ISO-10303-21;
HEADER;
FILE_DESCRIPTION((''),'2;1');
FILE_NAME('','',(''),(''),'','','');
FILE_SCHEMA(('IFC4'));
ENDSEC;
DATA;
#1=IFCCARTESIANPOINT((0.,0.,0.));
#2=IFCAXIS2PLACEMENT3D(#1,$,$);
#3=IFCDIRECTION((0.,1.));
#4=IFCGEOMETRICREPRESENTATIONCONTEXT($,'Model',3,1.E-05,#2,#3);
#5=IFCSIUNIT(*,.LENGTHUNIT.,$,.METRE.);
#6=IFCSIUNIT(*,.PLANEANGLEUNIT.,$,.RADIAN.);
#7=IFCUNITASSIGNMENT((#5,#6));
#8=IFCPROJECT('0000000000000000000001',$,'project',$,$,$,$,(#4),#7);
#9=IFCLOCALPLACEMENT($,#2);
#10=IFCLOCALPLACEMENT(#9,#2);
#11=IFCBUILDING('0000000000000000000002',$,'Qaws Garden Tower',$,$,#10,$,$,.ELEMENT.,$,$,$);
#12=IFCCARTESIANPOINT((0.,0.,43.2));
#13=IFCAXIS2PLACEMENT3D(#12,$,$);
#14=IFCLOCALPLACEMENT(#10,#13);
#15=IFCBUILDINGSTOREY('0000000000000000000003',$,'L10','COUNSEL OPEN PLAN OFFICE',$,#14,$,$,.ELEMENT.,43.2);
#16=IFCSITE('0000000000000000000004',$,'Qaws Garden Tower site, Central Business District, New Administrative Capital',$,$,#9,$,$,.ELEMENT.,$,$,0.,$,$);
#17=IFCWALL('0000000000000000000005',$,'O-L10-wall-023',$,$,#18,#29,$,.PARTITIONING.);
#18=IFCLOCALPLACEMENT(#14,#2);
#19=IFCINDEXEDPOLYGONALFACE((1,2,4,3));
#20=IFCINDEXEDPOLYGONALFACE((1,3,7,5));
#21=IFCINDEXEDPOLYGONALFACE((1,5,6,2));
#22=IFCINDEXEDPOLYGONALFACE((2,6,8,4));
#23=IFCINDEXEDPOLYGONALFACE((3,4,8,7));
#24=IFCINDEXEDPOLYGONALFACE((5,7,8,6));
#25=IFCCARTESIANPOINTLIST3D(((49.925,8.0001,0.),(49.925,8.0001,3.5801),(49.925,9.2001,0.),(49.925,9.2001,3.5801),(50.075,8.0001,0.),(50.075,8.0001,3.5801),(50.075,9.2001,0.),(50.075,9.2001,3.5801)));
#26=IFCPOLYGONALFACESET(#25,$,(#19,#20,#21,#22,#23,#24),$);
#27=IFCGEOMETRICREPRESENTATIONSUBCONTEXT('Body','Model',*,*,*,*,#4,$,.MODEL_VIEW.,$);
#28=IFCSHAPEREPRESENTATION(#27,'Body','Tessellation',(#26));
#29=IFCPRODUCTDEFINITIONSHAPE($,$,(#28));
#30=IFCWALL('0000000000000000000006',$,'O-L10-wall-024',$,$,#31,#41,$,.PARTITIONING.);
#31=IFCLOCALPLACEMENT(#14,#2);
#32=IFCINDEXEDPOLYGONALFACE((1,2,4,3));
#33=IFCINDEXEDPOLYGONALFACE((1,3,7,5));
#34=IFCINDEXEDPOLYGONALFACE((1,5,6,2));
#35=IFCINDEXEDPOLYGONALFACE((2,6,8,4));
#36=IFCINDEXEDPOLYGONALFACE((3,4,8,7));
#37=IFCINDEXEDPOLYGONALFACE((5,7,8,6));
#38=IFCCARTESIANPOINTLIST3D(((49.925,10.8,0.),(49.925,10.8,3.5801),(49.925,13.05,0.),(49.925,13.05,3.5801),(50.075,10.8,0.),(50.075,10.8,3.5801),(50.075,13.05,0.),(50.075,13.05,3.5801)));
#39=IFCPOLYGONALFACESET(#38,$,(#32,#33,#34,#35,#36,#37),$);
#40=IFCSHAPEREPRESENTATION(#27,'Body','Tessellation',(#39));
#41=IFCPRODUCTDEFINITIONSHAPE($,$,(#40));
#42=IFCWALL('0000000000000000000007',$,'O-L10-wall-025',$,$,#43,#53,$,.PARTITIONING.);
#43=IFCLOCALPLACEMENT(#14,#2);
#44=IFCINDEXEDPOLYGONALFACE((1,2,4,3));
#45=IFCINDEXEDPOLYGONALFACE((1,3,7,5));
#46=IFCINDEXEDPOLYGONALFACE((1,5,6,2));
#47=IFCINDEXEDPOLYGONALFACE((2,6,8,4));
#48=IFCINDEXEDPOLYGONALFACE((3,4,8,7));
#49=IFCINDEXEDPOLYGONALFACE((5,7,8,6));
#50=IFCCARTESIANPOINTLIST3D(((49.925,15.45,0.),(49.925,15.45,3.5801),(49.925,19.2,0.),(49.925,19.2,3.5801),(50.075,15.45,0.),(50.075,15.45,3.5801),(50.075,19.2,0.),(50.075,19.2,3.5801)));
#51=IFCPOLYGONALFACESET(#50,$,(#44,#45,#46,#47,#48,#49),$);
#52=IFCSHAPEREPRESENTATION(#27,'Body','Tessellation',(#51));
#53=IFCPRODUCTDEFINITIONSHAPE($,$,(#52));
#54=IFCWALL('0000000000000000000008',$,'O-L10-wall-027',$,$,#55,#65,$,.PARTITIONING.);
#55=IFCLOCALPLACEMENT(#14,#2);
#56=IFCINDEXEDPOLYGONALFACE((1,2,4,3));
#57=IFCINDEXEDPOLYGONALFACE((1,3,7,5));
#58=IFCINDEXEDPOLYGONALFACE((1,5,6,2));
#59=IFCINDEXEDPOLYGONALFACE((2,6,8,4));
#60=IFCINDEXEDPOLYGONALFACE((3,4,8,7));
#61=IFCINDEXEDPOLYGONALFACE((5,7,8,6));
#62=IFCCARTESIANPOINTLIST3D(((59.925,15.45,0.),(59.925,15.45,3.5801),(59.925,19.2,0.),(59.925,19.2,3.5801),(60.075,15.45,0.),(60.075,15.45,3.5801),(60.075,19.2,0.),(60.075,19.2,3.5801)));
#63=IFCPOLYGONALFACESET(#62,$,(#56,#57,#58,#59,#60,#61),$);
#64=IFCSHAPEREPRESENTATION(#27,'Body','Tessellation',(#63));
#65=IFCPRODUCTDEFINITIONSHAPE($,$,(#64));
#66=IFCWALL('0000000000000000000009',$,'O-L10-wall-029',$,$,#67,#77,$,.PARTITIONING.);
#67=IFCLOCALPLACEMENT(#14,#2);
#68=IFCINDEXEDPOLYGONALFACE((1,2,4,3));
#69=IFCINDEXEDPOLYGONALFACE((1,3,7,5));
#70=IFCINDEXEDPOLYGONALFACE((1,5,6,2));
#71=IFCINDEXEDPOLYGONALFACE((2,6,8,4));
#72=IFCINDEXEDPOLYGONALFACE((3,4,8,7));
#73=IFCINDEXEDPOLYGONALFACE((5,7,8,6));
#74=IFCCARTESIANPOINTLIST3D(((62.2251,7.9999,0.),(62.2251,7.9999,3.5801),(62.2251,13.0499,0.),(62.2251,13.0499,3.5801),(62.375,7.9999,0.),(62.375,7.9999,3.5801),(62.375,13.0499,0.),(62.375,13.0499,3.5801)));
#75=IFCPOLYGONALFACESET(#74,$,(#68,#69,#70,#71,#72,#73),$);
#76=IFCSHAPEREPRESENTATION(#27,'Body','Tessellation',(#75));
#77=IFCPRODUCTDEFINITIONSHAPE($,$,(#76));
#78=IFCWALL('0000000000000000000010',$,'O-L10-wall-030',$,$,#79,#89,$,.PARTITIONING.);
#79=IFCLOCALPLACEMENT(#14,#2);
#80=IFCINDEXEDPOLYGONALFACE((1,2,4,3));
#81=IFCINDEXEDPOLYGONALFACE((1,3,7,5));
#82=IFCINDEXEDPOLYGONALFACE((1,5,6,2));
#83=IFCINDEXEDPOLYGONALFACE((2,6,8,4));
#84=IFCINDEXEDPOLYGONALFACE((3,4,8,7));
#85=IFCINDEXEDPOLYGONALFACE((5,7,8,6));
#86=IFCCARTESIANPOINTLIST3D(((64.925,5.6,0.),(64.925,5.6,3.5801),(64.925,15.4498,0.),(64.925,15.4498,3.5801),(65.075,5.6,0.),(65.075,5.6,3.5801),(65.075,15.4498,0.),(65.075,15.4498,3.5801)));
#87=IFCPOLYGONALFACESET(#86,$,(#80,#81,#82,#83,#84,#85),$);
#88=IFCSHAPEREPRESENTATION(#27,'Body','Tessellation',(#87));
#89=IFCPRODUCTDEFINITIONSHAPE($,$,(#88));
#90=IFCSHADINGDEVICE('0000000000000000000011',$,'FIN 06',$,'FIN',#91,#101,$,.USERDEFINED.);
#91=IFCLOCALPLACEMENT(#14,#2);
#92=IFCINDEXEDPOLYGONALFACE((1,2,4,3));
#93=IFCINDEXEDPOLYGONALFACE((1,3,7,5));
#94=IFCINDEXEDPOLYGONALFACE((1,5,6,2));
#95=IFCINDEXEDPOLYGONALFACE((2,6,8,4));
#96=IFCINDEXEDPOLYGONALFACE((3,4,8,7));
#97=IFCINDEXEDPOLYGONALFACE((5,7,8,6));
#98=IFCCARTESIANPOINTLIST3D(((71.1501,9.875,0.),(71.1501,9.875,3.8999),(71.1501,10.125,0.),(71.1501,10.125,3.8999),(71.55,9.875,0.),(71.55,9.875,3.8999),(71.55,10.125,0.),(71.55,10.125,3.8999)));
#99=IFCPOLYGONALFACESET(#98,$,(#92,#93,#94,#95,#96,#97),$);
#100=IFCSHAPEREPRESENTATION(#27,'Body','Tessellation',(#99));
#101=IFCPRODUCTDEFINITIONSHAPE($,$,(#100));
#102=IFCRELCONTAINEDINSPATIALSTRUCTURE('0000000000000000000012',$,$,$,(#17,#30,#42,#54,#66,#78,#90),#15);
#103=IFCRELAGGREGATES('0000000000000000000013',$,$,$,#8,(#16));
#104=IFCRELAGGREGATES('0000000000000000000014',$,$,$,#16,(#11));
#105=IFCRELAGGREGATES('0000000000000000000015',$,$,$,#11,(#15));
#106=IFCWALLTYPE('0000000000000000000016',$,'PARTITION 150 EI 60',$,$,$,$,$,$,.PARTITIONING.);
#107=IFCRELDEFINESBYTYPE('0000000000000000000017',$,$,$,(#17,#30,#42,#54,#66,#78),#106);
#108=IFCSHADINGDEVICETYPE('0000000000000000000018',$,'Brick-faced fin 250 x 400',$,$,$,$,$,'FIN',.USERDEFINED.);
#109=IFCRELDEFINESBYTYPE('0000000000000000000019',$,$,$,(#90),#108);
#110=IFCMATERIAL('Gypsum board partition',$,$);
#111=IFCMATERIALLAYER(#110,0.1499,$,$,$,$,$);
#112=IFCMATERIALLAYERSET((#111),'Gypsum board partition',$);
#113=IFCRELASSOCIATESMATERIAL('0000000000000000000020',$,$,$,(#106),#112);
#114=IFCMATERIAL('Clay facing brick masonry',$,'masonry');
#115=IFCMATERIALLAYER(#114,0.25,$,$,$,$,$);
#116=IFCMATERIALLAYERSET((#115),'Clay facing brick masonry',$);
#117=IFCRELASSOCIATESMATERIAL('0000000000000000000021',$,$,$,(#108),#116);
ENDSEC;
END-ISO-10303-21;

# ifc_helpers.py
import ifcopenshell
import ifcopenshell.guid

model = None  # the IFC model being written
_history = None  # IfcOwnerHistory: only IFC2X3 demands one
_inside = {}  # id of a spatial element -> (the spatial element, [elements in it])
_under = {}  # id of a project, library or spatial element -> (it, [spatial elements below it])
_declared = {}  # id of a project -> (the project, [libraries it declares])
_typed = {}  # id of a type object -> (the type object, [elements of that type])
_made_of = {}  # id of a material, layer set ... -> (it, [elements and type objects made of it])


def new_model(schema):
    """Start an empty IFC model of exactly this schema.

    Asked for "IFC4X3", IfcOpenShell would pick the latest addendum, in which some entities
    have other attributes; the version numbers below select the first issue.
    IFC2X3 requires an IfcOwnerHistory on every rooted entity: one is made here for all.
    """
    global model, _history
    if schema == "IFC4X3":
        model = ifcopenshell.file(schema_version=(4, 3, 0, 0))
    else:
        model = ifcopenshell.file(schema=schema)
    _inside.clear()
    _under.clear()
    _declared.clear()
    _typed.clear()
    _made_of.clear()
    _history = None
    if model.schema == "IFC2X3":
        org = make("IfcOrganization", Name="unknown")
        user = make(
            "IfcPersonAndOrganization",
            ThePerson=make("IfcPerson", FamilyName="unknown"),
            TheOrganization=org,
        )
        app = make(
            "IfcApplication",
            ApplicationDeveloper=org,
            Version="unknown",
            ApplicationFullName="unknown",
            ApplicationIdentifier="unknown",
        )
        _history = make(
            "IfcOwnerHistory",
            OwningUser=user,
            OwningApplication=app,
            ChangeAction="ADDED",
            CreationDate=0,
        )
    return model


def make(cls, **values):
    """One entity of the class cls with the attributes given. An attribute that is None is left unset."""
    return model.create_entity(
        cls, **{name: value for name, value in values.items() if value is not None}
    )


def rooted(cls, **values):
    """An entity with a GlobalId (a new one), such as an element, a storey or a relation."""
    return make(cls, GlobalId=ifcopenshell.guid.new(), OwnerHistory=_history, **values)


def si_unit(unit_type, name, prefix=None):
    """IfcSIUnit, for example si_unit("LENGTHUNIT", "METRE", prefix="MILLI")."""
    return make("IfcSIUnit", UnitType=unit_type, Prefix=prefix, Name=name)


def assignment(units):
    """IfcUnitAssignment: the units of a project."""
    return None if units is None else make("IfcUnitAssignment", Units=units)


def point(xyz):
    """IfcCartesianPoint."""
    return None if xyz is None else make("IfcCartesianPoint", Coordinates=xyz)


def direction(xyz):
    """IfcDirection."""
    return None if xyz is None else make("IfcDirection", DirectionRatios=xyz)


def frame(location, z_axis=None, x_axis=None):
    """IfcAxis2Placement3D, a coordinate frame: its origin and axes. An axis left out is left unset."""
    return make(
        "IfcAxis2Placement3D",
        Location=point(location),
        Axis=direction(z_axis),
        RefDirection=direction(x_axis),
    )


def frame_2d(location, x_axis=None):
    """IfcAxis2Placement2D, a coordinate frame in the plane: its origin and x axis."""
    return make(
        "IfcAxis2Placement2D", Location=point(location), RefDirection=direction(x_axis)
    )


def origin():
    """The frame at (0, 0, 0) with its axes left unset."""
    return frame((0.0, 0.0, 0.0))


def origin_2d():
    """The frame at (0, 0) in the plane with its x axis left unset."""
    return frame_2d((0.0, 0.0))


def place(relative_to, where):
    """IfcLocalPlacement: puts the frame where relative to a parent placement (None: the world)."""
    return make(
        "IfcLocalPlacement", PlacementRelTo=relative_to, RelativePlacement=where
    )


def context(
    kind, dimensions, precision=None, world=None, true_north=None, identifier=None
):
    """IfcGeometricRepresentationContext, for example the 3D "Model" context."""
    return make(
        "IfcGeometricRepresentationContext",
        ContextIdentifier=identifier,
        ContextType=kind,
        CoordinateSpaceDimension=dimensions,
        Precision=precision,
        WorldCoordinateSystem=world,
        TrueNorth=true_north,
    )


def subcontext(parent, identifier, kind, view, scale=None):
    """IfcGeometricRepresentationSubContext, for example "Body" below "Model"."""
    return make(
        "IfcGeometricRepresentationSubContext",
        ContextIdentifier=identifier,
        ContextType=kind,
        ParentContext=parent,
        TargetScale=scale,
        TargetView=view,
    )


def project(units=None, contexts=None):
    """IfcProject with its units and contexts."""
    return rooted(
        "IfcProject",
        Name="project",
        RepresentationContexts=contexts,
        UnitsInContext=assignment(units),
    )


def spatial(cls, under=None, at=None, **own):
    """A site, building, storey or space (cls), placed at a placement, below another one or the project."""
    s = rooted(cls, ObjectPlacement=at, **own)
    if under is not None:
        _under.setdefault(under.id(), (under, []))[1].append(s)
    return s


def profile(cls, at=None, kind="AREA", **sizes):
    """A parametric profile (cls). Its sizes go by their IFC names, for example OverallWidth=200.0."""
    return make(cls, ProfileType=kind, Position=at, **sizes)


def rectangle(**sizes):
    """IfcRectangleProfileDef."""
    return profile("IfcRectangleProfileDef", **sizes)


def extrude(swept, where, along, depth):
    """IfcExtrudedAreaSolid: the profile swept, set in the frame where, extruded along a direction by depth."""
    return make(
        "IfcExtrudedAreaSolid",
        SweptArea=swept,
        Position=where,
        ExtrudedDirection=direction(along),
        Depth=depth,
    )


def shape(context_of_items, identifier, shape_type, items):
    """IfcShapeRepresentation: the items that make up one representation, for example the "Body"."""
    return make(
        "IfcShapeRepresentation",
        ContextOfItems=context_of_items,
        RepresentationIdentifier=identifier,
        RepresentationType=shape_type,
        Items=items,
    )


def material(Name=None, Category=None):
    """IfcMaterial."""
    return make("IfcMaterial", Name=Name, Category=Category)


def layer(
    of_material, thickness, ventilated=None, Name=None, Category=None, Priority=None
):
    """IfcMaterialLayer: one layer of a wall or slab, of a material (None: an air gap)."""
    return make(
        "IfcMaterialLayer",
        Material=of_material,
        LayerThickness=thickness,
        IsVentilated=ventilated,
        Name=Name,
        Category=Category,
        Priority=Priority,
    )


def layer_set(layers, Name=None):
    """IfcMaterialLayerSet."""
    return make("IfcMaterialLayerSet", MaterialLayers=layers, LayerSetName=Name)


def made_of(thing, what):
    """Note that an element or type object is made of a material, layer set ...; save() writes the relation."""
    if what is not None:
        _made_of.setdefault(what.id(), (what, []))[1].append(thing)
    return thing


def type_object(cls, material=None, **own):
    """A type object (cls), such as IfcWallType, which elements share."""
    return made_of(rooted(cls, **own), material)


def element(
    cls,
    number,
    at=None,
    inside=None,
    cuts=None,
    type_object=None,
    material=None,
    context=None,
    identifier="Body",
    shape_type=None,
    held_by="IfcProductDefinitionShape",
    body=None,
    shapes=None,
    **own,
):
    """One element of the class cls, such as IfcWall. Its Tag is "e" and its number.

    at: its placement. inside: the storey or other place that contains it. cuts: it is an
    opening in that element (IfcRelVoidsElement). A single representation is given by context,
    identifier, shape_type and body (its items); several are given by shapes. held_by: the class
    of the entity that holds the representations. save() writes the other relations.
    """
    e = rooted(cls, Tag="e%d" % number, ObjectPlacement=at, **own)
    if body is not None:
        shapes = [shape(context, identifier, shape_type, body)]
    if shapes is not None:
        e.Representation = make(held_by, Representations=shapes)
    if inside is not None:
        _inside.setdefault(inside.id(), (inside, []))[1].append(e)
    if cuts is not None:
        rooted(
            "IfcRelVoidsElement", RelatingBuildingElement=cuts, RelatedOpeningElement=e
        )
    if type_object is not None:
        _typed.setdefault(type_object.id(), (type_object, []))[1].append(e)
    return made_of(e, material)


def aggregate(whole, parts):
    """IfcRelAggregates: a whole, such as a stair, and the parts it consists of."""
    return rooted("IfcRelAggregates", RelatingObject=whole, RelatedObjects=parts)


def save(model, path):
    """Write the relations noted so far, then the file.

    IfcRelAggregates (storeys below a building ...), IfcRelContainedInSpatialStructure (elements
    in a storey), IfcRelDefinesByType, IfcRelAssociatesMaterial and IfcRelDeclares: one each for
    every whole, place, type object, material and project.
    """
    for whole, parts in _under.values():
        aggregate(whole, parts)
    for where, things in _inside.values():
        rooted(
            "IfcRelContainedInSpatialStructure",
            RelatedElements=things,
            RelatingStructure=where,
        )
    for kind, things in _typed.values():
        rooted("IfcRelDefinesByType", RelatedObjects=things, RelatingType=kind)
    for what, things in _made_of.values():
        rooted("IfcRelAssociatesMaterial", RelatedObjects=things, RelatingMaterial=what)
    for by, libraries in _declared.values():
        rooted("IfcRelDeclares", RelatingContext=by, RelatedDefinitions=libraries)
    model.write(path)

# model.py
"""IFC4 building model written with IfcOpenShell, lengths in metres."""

from ifc_helpers import new_model, si_unit, direction, frame, frame_2d, origin, origin_2d, place, context, subcontext, project, spatial, rectangle, extrude, material, layer, layer_set, type_object, element, save


model = new_model("IFC4")

# Units and contexts
model_context = context("Model", 3, precision=1e-05, world=origin(), true_north=direction((0.0, 1.0)))
body_context = subcontext(model_context, "Body", "Model", "MODEL_VIEW")
ifc_project = project(units=[si_unit("LENGTHUNIT", "METRE"), si_unit("PLANEANGLEUNIT", "RADIAN")], contexts=[model_context])

# Site, building, storey
site_placement = place(None, origin())
site = spatial("IfcSite", under=ifc_project, at=site_placement, Name="Qaws Garden Tower site, Central Business District, New Administrative Capital", CompositionType="ELEMENT", RefElevation=0.0)
building_placement = place(site_placement, origin())
building = spatial("IfcBuilding", under=site, at=building_placement, Name="Qaws Garden Tower", CompositionType="ELEMENT")
storey_placement = place(building_placement, frame((0.0, 0.0, 43.2)))
storey = spatial("IfcBuildingStorey", under=building, at=storey_placement, Name="L10", Description="COUNSEL OPEN PLAN OFFICE", CompositionType="ELEMENT", Elevation=43.2)

# Walls
ifc_material_1 = material(Name="Gypsum board partition")
ifc_layer_1 = layer(ifc_material_1, 0.1499)
ifc_layer_set_1 = layer_set([ifc_layer_1], Name="Gypsum board partition")
wall_type_1 = type_object("IfcWallType", Name="PARTITION 150 EI 60", PredefinedType="PARTITIONING", material=ifc_layer_set_1)
wall_1_placement = place(storey_placement, frame((50.0, 8.0, 0.0), z_axis=(0.0, 0.0, 1.0), x_axis=(0.0, 1.0, 0.0)))
element("IfcWall", 1, at=wall_1_placement, inside=storey, type_object=wall_type_1, Name="O-L10-wall-023", PredefinedType="PARTITIONING", context=body_context, shape_type="SweptSolid", body=[
    extrude(rectangle(XDim=1.2, YDim=0.1499, at=frame_2d((0.6001, 0.0))), origin(), (0.0, 0.0, 1.0), 3.5801),
])
wall_2_placement = place(storey_placement, frame((50.0, 10.8, 0.0), z_axis=(0.0, 0.0, 1.0), x_axis=(0.0, 1.0, 0.0)))
element("IfcWall", 2, at=wall_2_placement, inside=storey, type_object=wall_type_1, Name="O-L10-wall-024", PredefinedType="PARTITIONING", context=body_context, shape_type="SweptSolid", body=[
    extrude(rectangle(XDim=2.25, YDim=0.1499, at=frame_2d((1.125, 0.0))), origin(), (0.0, 0.0, 1.0), 3.5801),
])
for number, where, z_axis, x_axis, name in (
    (3, (50.0, 15.45, 0.0), (0.0, 0.0, 1.0), (0.0, 1.0, 0.0), "O-L10-wall-025"),
    (4, (60.0, 15.45, 0.0), (0.0, 0.0, 1.0), (0.0, 1.0, 0.0), "O-L10-wall-027"),
):
    element("IfcWall", number, at=place(storey_placement, frame(where, z_axis=z_axis, x_axis=x_axis)), inside=storey, type_object=wall_type_1, Name=name, PredefinedType="PARTITIONING", context=body_context, shape_type="SweptSolid", body=[
        extrude(rectangle(XDim=3.75, YDim=0.1499, at=frame_2d((1.875, 0.0))), origin(), (0.0, 0.0, 1.0), 3.5801),
    ])
wall_3_placement = place(storey_placement, frame((62.3, 8.0, 0.0), z_axis=(0.0, 0.0, 1.0), x_axis=(0.0, 1.0, 0.0)))
element("IfcWall", 5, at=wall_3_placement, inside=storey, type_object=wall_type_1, Name="O-L10-wall-029", PredefinedType="PARTITIONING", context=body_context, shape_type="SweptSolid", body=[
    extrude(rectangle(XDim=5.05, YDim=0.1499, at=frame_2d((2.5249, 0.0))), origin(), (0.0, 0.0, 1.0), 3.5801),
])
wall_4_placement = place(storey_placement, frame((65.0, 5.6001, 0.0), z_axis=(0.0, 0.0, 1.0), x_axis=(0.0, 1.0, 0.0)))
element("IfcWall", 6, at=wall_4_placement, inside=storey, type_object=wall_type_1, Name="O-L10-wall-030", PredefinedType="PARTITIONING", context=body_context, shape_type="SweptSolid", body=[
    extrude(rectangle(XDim=9.8499, YDim=0.1499, at=frame_2d((4.9248, 0.0))), origin(), (0.0, 0.0, 1.0), 3.5801),
])

# Shading device
ifc_material_2 = material(Name="Clay facing brick masonry", Category="masonry")
ifc_layer_2 = layer(ifc_material_2, 0.25)
ifc_layer_set_2 = layer_set([ifc_layer_2], Name="Clay facing brick masonry")
shading_device_type = type_object("IfcShadingDeviceType", Name="Brick-faced fin 250 x 400", ElementType="FIN", PredefinedType="USERDEFINED", material=ifc_layer_set_2)
shading_device_placement = place(storey_placement, frame((71.3501, 10.0, 0.0), z_axis=(0.0, 0.0, 1.0), x_axis=(0.0, 1.0, 0.0)))
element("IfcShadingDevice", 7, at=shading_device_placement, inside=storey, type_object=shading_device_type, Name="FIN 06", ObjectType="FIN", PredefinedType="USERDEFINED", context=body_context, shape_type="SweptSolid", body=[
    extrude(rectangle(XDim=0.25, YDim=0.3999, at=origin_2d()), origin(), (0.0, 0.0, 1.0), 3.8999),
])

save(model, "model.ifc")
